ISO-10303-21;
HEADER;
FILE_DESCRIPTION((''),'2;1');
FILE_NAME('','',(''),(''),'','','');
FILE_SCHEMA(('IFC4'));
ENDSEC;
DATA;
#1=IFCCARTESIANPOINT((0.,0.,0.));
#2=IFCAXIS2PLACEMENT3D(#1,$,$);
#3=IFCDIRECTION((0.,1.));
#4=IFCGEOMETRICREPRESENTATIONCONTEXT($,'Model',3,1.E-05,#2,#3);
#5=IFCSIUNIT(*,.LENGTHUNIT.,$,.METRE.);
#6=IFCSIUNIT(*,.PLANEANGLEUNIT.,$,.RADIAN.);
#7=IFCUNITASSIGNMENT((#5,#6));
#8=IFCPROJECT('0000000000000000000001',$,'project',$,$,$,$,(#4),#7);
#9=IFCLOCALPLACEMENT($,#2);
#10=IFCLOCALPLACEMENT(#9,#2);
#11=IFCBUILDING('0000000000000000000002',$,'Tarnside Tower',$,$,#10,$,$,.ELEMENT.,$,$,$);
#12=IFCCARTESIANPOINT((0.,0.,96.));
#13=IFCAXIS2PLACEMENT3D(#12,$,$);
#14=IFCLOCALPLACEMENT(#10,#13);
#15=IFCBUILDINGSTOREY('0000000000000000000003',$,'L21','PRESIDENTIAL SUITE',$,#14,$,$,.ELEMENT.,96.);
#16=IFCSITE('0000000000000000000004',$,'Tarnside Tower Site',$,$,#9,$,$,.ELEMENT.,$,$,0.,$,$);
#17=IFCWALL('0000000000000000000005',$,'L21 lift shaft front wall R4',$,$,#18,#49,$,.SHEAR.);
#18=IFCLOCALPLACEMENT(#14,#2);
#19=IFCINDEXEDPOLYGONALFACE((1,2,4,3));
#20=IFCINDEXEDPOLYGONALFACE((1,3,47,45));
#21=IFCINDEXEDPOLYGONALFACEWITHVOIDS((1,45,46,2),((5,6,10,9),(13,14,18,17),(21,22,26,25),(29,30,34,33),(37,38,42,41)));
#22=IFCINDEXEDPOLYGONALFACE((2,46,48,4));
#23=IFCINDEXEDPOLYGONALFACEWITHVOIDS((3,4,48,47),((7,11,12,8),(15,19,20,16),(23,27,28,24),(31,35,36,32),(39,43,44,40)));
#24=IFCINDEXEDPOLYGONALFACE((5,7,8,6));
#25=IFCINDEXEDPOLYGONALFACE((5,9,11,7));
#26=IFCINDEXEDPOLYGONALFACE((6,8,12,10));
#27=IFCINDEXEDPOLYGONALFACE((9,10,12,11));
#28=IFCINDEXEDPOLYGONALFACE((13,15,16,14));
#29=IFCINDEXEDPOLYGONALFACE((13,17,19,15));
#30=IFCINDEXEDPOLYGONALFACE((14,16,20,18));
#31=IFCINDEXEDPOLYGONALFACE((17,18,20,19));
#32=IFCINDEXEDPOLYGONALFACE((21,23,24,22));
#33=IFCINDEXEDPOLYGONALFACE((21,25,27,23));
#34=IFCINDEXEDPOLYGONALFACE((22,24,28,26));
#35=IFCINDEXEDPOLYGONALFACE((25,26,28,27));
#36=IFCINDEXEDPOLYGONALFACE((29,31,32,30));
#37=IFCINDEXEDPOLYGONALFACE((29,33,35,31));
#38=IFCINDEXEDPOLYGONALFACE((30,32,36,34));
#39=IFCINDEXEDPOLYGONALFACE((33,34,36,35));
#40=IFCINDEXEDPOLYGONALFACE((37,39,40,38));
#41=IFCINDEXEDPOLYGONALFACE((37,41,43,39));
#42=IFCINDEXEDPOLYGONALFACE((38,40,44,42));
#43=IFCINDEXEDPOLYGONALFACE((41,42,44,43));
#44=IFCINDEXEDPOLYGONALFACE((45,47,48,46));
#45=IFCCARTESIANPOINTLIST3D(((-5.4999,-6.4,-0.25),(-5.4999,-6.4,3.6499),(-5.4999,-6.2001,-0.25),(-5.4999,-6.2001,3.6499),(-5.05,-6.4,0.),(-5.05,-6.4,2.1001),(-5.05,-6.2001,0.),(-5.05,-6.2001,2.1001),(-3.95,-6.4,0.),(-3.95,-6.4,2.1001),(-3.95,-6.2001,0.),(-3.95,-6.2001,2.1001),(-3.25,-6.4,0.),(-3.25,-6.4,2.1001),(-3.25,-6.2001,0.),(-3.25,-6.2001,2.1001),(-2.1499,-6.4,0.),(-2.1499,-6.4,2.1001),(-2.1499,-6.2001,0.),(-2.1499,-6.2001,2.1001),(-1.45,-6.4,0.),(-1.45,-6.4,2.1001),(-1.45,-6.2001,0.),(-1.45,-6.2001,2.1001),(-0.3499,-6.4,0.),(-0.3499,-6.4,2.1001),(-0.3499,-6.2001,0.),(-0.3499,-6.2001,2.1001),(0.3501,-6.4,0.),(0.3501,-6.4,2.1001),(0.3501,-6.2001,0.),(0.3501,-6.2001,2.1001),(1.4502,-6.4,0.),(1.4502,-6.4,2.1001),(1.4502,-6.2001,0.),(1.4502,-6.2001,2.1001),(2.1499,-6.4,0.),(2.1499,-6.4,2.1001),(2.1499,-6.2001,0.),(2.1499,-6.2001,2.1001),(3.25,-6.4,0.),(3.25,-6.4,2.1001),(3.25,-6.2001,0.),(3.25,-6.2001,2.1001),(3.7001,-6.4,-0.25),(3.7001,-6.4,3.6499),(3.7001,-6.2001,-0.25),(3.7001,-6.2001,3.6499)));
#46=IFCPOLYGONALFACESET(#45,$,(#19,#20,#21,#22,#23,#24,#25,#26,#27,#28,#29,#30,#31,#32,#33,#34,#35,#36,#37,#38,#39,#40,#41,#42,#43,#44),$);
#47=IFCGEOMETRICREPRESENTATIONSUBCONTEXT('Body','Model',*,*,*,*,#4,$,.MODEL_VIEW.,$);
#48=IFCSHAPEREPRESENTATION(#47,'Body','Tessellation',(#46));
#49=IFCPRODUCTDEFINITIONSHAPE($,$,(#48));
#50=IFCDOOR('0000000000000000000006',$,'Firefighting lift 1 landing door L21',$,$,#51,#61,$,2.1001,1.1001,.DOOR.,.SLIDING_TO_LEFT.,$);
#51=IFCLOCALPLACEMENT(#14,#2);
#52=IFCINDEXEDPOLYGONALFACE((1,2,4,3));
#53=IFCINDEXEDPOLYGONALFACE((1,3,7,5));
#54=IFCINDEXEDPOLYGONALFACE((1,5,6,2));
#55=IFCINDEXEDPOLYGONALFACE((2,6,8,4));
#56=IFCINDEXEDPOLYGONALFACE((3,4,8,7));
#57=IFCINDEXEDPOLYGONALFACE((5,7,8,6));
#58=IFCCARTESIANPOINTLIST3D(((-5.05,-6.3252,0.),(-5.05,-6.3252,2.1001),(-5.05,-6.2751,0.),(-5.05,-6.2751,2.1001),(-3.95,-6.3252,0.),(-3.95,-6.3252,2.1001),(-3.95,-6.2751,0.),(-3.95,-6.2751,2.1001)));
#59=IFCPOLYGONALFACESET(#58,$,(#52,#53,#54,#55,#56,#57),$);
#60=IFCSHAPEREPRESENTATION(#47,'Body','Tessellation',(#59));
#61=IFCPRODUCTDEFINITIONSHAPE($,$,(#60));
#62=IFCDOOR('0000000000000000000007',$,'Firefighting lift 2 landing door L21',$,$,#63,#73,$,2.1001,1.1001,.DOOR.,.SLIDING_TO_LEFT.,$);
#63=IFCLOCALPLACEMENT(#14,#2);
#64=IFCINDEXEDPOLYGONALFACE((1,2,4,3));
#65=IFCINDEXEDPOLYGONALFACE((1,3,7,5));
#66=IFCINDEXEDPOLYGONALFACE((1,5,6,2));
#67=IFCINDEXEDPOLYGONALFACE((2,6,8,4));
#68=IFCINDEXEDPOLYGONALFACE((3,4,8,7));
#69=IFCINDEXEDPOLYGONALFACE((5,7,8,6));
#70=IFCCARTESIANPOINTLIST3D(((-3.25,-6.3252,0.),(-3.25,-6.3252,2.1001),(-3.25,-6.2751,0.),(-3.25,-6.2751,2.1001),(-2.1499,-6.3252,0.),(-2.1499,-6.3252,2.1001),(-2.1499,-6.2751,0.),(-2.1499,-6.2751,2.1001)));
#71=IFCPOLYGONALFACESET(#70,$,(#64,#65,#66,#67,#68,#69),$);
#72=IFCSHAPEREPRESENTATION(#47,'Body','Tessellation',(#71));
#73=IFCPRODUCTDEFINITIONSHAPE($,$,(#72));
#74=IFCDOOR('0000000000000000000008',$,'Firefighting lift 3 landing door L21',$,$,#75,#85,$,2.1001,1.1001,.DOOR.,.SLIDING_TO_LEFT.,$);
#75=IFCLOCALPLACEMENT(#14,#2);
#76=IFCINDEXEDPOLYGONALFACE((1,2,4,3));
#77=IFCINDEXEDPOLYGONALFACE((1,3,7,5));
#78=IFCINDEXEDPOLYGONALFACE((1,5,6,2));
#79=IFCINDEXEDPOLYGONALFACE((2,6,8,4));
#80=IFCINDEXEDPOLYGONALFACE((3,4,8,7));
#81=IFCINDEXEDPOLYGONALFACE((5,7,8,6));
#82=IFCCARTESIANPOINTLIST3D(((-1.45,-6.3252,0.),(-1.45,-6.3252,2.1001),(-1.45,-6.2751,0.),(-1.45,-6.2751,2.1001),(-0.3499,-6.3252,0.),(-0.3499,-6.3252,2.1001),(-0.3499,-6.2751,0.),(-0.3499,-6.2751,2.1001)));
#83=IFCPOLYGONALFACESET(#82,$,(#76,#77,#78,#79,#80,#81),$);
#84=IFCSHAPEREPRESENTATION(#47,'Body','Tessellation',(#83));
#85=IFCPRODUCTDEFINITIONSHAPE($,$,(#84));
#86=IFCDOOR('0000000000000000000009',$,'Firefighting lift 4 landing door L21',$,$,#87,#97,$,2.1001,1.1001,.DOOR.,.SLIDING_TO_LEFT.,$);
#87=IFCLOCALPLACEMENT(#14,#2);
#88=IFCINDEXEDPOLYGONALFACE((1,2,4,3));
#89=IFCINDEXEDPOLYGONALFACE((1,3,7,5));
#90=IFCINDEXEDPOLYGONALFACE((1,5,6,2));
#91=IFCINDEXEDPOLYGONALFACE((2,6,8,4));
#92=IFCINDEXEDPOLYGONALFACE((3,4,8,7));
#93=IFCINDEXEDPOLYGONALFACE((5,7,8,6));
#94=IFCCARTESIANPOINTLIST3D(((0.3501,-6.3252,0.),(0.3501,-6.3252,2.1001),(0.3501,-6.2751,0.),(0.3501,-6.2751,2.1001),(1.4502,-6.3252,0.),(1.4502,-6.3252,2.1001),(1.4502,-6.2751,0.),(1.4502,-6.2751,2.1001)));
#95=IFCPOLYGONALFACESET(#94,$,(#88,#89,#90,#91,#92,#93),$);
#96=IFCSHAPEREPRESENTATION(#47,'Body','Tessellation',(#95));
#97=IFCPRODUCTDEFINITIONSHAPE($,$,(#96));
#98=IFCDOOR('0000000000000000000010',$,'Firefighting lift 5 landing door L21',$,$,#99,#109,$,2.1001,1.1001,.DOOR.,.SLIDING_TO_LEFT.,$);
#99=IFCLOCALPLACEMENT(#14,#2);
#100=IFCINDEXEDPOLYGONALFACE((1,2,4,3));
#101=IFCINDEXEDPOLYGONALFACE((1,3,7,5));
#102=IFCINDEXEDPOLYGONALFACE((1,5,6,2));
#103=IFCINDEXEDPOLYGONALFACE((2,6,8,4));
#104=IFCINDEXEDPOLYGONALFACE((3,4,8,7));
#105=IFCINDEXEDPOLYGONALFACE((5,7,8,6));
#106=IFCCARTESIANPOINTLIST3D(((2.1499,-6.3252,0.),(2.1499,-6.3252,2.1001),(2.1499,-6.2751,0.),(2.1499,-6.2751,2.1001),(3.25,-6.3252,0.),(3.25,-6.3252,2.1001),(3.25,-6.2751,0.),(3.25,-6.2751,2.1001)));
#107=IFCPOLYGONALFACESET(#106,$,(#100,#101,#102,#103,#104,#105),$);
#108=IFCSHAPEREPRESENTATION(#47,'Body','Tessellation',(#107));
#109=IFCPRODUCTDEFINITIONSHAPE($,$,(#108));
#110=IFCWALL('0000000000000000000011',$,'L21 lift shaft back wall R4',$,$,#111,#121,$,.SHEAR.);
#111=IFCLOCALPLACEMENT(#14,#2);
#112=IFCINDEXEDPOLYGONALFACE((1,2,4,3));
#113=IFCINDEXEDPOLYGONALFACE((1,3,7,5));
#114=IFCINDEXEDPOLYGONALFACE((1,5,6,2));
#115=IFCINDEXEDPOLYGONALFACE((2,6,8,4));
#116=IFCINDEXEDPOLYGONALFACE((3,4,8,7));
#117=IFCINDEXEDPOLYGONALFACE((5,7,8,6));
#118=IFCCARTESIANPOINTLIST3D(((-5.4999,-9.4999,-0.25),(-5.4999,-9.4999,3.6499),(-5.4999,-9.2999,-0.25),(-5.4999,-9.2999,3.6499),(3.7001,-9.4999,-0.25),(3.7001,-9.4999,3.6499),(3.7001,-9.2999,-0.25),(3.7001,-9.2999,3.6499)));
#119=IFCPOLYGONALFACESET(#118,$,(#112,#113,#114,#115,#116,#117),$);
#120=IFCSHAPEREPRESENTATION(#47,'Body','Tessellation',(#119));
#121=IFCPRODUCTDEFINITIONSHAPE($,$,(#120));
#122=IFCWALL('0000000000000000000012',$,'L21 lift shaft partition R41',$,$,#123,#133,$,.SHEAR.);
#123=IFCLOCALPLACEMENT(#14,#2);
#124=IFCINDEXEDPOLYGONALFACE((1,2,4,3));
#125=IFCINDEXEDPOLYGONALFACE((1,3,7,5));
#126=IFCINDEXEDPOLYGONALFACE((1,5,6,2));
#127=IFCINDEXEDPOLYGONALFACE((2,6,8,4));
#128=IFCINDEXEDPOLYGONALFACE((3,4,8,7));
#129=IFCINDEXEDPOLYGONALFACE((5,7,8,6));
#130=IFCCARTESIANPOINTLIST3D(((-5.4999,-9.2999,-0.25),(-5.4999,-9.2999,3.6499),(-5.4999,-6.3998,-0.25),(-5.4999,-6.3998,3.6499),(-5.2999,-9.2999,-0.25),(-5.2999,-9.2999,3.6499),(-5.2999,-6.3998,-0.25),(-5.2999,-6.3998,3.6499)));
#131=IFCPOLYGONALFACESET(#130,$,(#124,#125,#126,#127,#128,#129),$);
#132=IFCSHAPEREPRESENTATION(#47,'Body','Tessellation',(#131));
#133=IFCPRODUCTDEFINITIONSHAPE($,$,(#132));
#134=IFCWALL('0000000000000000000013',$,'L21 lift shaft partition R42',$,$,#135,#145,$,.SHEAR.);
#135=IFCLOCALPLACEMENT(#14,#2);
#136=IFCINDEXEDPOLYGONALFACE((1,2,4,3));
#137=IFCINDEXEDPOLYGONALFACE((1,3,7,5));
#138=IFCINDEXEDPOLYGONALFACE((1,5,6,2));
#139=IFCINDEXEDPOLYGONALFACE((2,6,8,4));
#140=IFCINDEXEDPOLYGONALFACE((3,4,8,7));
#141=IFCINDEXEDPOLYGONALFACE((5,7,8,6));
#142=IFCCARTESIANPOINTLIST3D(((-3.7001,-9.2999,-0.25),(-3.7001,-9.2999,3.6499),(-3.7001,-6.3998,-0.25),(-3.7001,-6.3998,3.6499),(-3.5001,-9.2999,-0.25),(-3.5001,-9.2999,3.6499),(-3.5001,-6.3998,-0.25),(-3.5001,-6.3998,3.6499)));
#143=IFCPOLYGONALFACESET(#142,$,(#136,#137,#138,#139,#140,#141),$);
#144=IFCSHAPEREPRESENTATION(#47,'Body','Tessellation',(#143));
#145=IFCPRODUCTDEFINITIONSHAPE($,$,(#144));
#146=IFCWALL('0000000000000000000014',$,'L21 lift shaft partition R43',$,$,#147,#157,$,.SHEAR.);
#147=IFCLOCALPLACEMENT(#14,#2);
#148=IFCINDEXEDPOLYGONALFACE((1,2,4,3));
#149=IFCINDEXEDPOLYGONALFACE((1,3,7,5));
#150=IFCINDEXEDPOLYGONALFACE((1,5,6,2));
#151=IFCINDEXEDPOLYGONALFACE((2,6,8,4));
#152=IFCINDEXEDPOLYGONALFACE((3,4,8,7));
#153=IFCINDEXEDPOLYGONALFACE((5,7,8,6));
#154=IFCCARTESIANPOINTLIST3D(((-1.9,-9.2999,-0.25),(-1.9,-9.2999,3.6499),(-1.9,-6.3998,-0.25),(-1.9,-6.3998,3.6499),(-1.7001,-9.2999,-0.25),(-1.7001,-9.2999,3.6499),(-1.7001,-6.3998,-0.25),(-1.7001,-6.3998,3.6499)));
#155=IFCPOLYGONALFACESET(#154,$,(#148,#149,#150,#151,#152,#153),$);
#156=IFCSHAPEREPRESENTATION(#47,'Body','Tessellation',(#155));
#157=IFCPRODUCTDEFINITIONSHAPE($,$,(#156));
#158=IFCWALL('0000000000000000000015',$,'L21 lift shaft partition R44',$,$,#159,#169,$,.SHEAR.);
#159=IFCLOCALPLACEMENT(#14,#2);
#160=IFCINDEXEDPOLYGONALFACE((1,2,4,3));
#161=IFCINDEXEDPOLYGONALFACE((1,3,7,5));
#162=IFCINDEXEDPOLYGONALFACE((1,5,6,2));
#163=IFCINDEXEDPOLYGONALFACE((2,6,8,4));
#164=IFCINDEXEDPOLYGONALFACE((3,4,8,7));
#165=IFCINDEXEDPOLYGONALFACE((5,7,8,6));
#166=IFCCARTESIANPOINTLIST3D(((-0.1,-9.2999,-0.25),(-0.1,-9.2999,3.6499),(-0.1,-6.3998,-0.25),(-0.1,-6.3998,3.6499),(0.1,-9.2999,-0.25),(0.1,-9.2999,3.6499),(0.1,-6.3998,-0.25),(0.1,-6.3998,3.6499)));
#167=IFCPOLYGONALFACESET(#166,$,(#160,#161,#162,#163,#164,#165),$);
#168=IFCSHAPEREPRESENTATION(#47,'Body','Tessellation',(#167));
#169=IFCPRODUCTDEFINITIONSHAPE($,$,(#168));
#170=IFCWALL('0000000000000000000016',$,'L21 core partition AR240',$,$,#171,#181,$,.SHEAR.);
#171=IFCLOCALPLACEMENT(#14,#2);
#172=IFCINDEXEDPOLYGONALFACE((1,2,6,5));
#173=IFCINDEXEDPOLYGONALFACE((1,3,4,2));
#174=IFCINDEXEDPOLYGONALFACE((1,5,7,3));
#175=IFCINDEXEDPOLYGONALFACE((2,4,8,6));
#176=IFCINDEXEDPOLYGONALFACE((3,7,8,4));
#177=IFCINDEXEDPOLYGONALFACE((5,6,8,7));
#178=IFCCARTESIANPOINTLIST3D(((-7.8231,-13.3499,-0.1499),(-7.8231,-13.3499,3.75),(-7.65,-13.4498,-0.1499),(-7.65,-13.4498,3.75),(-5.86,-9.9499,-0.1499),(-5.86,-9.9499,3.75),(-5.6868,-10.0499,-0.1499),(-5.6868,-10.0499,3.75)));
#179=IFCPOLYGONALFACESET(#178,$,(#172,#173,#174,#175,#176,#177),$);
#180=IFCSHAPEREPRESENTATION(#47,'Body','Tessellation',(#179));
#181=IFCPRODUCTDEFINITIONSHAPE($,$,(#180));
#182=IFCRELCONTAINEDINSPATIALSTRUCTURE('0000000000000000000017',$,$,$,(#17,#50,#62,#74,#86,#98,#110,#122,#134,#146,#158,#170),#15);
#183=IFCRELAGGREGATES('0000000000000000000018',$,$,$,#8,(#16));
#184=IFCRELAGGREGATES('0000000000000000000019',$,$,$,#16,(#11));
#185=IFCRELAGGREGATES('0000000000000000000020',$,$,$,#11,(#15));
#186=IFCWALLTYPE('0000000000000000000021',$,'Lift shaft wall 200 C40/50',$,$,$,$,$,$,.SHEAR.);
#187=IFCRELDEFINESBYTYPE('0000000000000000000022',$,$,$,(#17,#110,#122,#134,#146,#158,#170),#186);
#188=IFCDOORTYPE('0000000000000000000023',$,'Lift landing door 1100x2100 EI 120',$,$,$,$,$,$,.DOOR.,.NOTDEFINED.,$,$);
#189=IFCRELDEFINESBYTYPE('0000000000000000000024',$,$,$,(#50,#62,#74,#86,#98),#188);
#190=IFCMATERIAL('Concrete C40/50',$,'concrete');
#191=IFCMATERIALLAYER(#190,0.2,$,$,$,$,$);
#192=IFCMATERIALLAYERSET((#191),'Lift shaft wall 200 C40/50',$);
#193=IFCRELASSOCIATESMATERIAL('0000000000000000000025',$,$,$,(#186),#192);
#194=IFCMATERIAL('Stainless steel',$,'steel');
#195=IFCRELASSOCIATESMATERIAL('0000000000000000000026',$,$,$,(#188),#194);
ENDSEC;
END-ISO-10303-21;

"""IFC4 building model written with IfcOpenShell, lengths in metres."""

from ifc_helpers import new_model, si_unit, direction, frame, frame_2d, origin, place, context, subcontext, project, spatial, rectangle, extrude, material, layer, layer_set, type_object, element, fill, save


model = new_model("IFC4")

# Units and contexts
model_context = context("Model", 3, precision=1e-05, world=origin(), true_north=direction((0.0, 1.0)))
body_context = subcontext(model_context, "Body", "Model", "MODEL_VIEW")
ifc_project = project(units=[si_unit("LENGTHUNIT", "METRE"), si_unit("PLANEANGLEUNIT", "RADIAN")], contexts=[model_context])

# Site, building, storey
site_placement = place(None, origin())
site = spatial("IfcSite", under=ifc_project, at=site_placement, Name="Tarnside Tower Site", CompositionType="ELEMENT", RefElevation=0.0)
building_placement = place(site_placement, origin())
building = spatial("IfcBuilding", under=site, at=building_placement, Name="Tarnside Tower", CompositionType="ELEMENT")
storey_placement = place(building_placement, frame((0.0, 0.0, 96.0)))
storey = spatial("IfcBuildingStorey", under=building, at=storey_placement, Name="L21", Description="PRESIDENTIAL SUITE", CompositionType="ELEMENT", Elevation=96.0)

# Shared definitions
ifc_material_1 = material(Name="Concrete C40/50", Category="concrete")

# Wall, openings, doors
ifc_layer_1 = layer(ifc_material_1, 0.2)
ifc_layer_set_1 = layer_set([ifc_layer_1], Name="Lift shaft wall 200 C40/50")
wall_type_1 = type_object("IfcWallType", Name="Lift shaft wall 200 C40/50", PredefinedType="SHEAR", material=ifc_layer_set_1)
wall_1_placement = place(storey_placement, frame((-5.5, -6.3, -0.25), z_axis=(0.0, 0.0, 1.0), x_axis=(1.0, 0.0, 0.0)))
wall_1 = element("IfcWall", 1, at=wall_1_placement, inside=storey, type_object=wall_type_1, Name="L21 lift shaft front wall R4", PredefinedType="SHEAR", context=body_context, shape_type="SweptSolid", body=[
    extrude(rectangle(XDim=9.2, YDim=0.2, at=frame_2d((4.6001, 0.0))), origin(), (0.0, 0.0, 1.0), 3.8999),
])
opening_1_placement = place(wall_1_placement, frame((0.45, 0.0, 0.25)))
opening_1 = element("IfcOpeningElement", 2, at=opening_1_placement, cuts=wall_1, PredefinedType="OPENING", context=body_context, shape_type="SweptSolid", body=[
    extrude(rectangle(XDim=1.1001, YDim=2.1001, at=frame_2d((0.55, 1.05))), frame((0.0, 0.1099, 0.0), z_axis=(0.0, -1.0, 0.0), x_axis=(1.0, 0.0, 0.0)), (0.0, 0.0, 1.0), 0.22),
])
opening_2_placement = place(wall_1_placement, frame((2.25, 0.0, 0.25)))
opening_2 = element("IfcOpeningElement", 3, at=opening_2_placement, cuts=wall_1, PredefinedType="OPENING", context=body_context, shape_type="SweptSolid", body=[
    extrude(rectangle(XDim=1.1001, YDim=2.1001, at=frame_2d((0.55, 1.05))), frame((0.0, 0.1099, 0.0), z_axis=(0.0, -1.0, 0.0), x_axis=(1.0, 0.0, 0.0)), (0.0, 0.0, 1.0), 0.22),
])
opening_3_placement = place(wall_1_placement, frame((4.05, 0.0, 0.25)))
opening_3 = element("IfcOpeningElement", 4, at=opening_3_placement, cuts=wall_1, PredefinedType="OPENING", context=body_context, shape_type="SweptSolid", body=[
    extrude(rectangle(XDim=1.1001, YDim=2.1001, at=frame_2d((0.55, 1.05))), frame((0.0, 0.1099, 0.0), z_axis=(0.0, -1.0, 0.0), x_axis=(1.0, 0.0, 0.0)), (0.0, 0.0, 1.0), 0.22),
])
opening_4_placement = place(wall_1_placement, frame((5.8501, 0.0, 0.25)))
opening_4 = element("IfcOpeningElement", 5, at=opening_4_placement, cuts=wall_1, PredefinedType="OPENING", context=body_context, shape_type="SweptSolid", body=[
    extrude(rectangle(XDim=1.1001, YDim=2.1001, at=frame_2d((0.55, 1.05))), frame((0.0, 0.1099, 0.0), z_axis=(0.0, -1.0, 0.0), x_axis=(1.0, 0.0, 0.0)), (0.0, 0.0, 1.0), 0.22),
])
opening_5_placement = place(wall_1_placement, frame((7.6499, 0.0, 0.25)))
opening_5 = element("IfcOpeningElement", 6, at=opening_5_placement, cuts=wall_1, PredefinedType="OPENING", context=body_context, shape_type="SweptSolid", body=[
    extrude(rectangle(XDim=1.1001, YDim=2.1001, at=frame_2d((0.55, 1.05))), frame((0.0, 0.1099, 0.0), z_axis=(0.0, -1.0, 0.0), x_axis=(1.0, 0.0, 0.0)), (0.0, 0.0, 1.0), 0.22),
])
ifc_material_2 = material(Name="Stainless steel", Category="steel")
door_type_1 = type_object("IfcDoorType", Name="Lift landing door 1100x2100 EI 120", OperationType="NOTDEFINED", PredefinedType="DOOR", material=ifc_material_2)
door_1_placement = place(opening_1_placement, origin())
door_1 = element("IfcDoor", 7, at=door_1_placement, inside=storey, type_object=door_type_1, Name="Firefighting lift 1 landing door L21", OperationType="SLIDING_TO_LEFT", OverallHeight=2.1001, OverallWidth=1.1001, PredefinedType="DOOR", context=body_context, shape_type="SweptSolid", body=[
    extrude(rectangle(XDim=1.1001, YDim=2.1001, at=frame_2d((0.55, 1.05))), frame((0.0, 0.0249, 0.0), z_axis=(0.0, -1.0, 0.0), x_axis=(1.0, 0.0, 0.0)), (0.0, 0.0, 1.0), 0.05),
])
fill(opening_1, door_1)
door_2_placement = place(opening_2_placement, origin())
door_2 = element("IfcDoor", 8, at=door_2_placement, inside=storey, type_object=door_type_1, Name="Firefighting lift 2 landing door L21", OperationType="SLIDING_TO_LEFT", OverallHeight=2.1001, OverallWidth=1.1001, PredefinedType="DOOR", context=body_context, shape_type="SweptSolid", body=[
    extrude(rectangle(XDim=1.1001, YDim=2.1001, at=frame_2d((0.55, 1.05))), frame((0.0, 0.0249, 0.0), z_axis=(0.0, -1.0, 0.0), x_axis=(1.0, 0.0, 0.0)), (0.0, 0.0, 1.0), 0.05),
])
fill(opening_2, door_2)
door_3_placement = place(opening_3_placement, origin())
door_3 = element("IfcDoor", 9, at=door_3_placement, inside=storey, type_object=door_type_1, Name="Firefighting lift 3 landing door L21", OperationType="SLIDING_TO_LEFT", OverallHeight=2.1001, OverallWidth=1.1001, PredefinedType="DOOR", context=body_context, shape_type="SweptSolid", body=[
    extrude(rectangle(XDim=1.1001, YDim=2.1001, at=frame_2d((0.55, 1.05))), frame((0.0, 0.0249, 0.0), z_axis=(0.0, -1.0, 0.0), x_axis=(1.0, 0.0, 0.0)), (0.0, 0.0, 1.0), 0.05),
])
fill(opening_3, door_3)
door_4_placement = place(opening_4_placement, origin())
door_4 = element("IfcDoor", 10, at=door_4_placement, inside=storey, type_object=door_type_1, Name="Firefighting lift 4 landing door L21", OperationType="SLIDING_TO_LEFT", OverallHeight=2.1001, OverallWidth=1.1001, PredefinedType="DOOR", context=body_context, shape_type="SweptSolid", body=[
    extrude(rectangle(XDim=1.1001, YDim=2.1001, at=frame_2d((0.55, 1.05))), frame((0.0, 0.0249, 0.0), z_axis=(0.0, -1.0, 0.0), x_axis=(1.0, 0.0, 0.0)), (0.0, 0.0, 1.0), 0.05),
])
fill(opening_4, door_4)
door_5_placement = place(opening_5_placement, origin())
door_5 = element("IfcDoor", 11, at=door_5_placement, inside=storey, type_object=door_type_1, Name="Firefighting lift 5 landing door L21", OperationType="SLIDING_TO_LEFT", OverallHeight=2.1001, OverallWidth=1.1001, PredefinedType="DOOR", context=body_context, shape_type="SweptSolid", body=[
    extrude(rectangle(XDim=1.1001, YDim=2.1001, at=frame_2d((0.55, 1.05))), frame((0.0, 0.0249, 0.0), z_axis=(0.0, -1.0, 0.0), x_axis=(1.0, 0.0, 0.0)), (0.0, 0.0, 1.0), 0.05),
])
fill(opening_5, door_5)

# Walls
wall_2_placement = place(storey_placement, frame((-5.5, -9.3999, -0.25), z_axis=(0.0, 0.0, 1.0), x_axis=(1.0, 0.0, 0.0)))
element("IfcWall", 12, at=wall_2_placement, inside=storey, type_object=wall_type_1, Name="L21 lift shaft back wall R4", PredefinedType="SHEAR", context=body_context, shape_type="SweptSolid", body=[
    extrude(rectangle(XDim=9.2, YDim=0.2, at=frame_2d((4.6001, 0.0))), origin(), (0.0, 0.0, 1.0), 3.8999),
])
for number, where, z_axis, x_axis, name in (
    (13, (-5.3999, -9.3, -0.25), (0.0, 0.0, 1.0), (0.0, 1.0, 0.0), "L21 lift shaft partition R41"),
    (14, (-3.6001, -9.3, -0.25), (0.0, 0.0, 1.0), (0.0, 1.0, 0.0), "L21 lift shaft partition R42"),
    (15, (-1.8, -9.3, -0.25), (0.0, 0.0, 1.0), (0.0, 1.0, 0.0), "L21 lift shaft partition R43"),
    (16, (0.0, -9.3, -0.25), (0.0, 0.0, 1.0), (0.0, 1.0, 0.0), "L21 lift shaft partition R44"),
):
    element("IfcWall", number, at=place(storey_placement, frame(where, z_axis=z_axis, x_axis=x_axis)), inside=storey, type_object=wall_type_1, Name=name, PredefinedType="SHEAR", context=body_context, shape_type="SweptSolid", body=[
        extrude(rectangle(XDim=2.9001, YDim=0.2, at=frame_2d((1.4502, 0.0))), origin(), (0.0, 0.0, 1.0), 3.8999),
    ])
wall_3_placement = place(storey_placement, frame((-5.7734, -10.0, -0.1499), z_axis=(0.0, 0.0, 1.0), x_axis=(-0.500038, -0.866003, 0.0)))
element("IfcWall", 17, at=wall_3_placement, inside=storey, type_object=wall_type_1, Name="L21 core partition AR240", PredefinedType="SHEAR", context=body_context, shape_type="SweptSolid", body=[
    extrude(rectangle(XDim=3.926, YDim=0.2, at=frame_2d((1.9629, 0.0))), origin(), (0.0, 0.0, 1.0), 3.8999),
])

save(model, "model.ifc")
